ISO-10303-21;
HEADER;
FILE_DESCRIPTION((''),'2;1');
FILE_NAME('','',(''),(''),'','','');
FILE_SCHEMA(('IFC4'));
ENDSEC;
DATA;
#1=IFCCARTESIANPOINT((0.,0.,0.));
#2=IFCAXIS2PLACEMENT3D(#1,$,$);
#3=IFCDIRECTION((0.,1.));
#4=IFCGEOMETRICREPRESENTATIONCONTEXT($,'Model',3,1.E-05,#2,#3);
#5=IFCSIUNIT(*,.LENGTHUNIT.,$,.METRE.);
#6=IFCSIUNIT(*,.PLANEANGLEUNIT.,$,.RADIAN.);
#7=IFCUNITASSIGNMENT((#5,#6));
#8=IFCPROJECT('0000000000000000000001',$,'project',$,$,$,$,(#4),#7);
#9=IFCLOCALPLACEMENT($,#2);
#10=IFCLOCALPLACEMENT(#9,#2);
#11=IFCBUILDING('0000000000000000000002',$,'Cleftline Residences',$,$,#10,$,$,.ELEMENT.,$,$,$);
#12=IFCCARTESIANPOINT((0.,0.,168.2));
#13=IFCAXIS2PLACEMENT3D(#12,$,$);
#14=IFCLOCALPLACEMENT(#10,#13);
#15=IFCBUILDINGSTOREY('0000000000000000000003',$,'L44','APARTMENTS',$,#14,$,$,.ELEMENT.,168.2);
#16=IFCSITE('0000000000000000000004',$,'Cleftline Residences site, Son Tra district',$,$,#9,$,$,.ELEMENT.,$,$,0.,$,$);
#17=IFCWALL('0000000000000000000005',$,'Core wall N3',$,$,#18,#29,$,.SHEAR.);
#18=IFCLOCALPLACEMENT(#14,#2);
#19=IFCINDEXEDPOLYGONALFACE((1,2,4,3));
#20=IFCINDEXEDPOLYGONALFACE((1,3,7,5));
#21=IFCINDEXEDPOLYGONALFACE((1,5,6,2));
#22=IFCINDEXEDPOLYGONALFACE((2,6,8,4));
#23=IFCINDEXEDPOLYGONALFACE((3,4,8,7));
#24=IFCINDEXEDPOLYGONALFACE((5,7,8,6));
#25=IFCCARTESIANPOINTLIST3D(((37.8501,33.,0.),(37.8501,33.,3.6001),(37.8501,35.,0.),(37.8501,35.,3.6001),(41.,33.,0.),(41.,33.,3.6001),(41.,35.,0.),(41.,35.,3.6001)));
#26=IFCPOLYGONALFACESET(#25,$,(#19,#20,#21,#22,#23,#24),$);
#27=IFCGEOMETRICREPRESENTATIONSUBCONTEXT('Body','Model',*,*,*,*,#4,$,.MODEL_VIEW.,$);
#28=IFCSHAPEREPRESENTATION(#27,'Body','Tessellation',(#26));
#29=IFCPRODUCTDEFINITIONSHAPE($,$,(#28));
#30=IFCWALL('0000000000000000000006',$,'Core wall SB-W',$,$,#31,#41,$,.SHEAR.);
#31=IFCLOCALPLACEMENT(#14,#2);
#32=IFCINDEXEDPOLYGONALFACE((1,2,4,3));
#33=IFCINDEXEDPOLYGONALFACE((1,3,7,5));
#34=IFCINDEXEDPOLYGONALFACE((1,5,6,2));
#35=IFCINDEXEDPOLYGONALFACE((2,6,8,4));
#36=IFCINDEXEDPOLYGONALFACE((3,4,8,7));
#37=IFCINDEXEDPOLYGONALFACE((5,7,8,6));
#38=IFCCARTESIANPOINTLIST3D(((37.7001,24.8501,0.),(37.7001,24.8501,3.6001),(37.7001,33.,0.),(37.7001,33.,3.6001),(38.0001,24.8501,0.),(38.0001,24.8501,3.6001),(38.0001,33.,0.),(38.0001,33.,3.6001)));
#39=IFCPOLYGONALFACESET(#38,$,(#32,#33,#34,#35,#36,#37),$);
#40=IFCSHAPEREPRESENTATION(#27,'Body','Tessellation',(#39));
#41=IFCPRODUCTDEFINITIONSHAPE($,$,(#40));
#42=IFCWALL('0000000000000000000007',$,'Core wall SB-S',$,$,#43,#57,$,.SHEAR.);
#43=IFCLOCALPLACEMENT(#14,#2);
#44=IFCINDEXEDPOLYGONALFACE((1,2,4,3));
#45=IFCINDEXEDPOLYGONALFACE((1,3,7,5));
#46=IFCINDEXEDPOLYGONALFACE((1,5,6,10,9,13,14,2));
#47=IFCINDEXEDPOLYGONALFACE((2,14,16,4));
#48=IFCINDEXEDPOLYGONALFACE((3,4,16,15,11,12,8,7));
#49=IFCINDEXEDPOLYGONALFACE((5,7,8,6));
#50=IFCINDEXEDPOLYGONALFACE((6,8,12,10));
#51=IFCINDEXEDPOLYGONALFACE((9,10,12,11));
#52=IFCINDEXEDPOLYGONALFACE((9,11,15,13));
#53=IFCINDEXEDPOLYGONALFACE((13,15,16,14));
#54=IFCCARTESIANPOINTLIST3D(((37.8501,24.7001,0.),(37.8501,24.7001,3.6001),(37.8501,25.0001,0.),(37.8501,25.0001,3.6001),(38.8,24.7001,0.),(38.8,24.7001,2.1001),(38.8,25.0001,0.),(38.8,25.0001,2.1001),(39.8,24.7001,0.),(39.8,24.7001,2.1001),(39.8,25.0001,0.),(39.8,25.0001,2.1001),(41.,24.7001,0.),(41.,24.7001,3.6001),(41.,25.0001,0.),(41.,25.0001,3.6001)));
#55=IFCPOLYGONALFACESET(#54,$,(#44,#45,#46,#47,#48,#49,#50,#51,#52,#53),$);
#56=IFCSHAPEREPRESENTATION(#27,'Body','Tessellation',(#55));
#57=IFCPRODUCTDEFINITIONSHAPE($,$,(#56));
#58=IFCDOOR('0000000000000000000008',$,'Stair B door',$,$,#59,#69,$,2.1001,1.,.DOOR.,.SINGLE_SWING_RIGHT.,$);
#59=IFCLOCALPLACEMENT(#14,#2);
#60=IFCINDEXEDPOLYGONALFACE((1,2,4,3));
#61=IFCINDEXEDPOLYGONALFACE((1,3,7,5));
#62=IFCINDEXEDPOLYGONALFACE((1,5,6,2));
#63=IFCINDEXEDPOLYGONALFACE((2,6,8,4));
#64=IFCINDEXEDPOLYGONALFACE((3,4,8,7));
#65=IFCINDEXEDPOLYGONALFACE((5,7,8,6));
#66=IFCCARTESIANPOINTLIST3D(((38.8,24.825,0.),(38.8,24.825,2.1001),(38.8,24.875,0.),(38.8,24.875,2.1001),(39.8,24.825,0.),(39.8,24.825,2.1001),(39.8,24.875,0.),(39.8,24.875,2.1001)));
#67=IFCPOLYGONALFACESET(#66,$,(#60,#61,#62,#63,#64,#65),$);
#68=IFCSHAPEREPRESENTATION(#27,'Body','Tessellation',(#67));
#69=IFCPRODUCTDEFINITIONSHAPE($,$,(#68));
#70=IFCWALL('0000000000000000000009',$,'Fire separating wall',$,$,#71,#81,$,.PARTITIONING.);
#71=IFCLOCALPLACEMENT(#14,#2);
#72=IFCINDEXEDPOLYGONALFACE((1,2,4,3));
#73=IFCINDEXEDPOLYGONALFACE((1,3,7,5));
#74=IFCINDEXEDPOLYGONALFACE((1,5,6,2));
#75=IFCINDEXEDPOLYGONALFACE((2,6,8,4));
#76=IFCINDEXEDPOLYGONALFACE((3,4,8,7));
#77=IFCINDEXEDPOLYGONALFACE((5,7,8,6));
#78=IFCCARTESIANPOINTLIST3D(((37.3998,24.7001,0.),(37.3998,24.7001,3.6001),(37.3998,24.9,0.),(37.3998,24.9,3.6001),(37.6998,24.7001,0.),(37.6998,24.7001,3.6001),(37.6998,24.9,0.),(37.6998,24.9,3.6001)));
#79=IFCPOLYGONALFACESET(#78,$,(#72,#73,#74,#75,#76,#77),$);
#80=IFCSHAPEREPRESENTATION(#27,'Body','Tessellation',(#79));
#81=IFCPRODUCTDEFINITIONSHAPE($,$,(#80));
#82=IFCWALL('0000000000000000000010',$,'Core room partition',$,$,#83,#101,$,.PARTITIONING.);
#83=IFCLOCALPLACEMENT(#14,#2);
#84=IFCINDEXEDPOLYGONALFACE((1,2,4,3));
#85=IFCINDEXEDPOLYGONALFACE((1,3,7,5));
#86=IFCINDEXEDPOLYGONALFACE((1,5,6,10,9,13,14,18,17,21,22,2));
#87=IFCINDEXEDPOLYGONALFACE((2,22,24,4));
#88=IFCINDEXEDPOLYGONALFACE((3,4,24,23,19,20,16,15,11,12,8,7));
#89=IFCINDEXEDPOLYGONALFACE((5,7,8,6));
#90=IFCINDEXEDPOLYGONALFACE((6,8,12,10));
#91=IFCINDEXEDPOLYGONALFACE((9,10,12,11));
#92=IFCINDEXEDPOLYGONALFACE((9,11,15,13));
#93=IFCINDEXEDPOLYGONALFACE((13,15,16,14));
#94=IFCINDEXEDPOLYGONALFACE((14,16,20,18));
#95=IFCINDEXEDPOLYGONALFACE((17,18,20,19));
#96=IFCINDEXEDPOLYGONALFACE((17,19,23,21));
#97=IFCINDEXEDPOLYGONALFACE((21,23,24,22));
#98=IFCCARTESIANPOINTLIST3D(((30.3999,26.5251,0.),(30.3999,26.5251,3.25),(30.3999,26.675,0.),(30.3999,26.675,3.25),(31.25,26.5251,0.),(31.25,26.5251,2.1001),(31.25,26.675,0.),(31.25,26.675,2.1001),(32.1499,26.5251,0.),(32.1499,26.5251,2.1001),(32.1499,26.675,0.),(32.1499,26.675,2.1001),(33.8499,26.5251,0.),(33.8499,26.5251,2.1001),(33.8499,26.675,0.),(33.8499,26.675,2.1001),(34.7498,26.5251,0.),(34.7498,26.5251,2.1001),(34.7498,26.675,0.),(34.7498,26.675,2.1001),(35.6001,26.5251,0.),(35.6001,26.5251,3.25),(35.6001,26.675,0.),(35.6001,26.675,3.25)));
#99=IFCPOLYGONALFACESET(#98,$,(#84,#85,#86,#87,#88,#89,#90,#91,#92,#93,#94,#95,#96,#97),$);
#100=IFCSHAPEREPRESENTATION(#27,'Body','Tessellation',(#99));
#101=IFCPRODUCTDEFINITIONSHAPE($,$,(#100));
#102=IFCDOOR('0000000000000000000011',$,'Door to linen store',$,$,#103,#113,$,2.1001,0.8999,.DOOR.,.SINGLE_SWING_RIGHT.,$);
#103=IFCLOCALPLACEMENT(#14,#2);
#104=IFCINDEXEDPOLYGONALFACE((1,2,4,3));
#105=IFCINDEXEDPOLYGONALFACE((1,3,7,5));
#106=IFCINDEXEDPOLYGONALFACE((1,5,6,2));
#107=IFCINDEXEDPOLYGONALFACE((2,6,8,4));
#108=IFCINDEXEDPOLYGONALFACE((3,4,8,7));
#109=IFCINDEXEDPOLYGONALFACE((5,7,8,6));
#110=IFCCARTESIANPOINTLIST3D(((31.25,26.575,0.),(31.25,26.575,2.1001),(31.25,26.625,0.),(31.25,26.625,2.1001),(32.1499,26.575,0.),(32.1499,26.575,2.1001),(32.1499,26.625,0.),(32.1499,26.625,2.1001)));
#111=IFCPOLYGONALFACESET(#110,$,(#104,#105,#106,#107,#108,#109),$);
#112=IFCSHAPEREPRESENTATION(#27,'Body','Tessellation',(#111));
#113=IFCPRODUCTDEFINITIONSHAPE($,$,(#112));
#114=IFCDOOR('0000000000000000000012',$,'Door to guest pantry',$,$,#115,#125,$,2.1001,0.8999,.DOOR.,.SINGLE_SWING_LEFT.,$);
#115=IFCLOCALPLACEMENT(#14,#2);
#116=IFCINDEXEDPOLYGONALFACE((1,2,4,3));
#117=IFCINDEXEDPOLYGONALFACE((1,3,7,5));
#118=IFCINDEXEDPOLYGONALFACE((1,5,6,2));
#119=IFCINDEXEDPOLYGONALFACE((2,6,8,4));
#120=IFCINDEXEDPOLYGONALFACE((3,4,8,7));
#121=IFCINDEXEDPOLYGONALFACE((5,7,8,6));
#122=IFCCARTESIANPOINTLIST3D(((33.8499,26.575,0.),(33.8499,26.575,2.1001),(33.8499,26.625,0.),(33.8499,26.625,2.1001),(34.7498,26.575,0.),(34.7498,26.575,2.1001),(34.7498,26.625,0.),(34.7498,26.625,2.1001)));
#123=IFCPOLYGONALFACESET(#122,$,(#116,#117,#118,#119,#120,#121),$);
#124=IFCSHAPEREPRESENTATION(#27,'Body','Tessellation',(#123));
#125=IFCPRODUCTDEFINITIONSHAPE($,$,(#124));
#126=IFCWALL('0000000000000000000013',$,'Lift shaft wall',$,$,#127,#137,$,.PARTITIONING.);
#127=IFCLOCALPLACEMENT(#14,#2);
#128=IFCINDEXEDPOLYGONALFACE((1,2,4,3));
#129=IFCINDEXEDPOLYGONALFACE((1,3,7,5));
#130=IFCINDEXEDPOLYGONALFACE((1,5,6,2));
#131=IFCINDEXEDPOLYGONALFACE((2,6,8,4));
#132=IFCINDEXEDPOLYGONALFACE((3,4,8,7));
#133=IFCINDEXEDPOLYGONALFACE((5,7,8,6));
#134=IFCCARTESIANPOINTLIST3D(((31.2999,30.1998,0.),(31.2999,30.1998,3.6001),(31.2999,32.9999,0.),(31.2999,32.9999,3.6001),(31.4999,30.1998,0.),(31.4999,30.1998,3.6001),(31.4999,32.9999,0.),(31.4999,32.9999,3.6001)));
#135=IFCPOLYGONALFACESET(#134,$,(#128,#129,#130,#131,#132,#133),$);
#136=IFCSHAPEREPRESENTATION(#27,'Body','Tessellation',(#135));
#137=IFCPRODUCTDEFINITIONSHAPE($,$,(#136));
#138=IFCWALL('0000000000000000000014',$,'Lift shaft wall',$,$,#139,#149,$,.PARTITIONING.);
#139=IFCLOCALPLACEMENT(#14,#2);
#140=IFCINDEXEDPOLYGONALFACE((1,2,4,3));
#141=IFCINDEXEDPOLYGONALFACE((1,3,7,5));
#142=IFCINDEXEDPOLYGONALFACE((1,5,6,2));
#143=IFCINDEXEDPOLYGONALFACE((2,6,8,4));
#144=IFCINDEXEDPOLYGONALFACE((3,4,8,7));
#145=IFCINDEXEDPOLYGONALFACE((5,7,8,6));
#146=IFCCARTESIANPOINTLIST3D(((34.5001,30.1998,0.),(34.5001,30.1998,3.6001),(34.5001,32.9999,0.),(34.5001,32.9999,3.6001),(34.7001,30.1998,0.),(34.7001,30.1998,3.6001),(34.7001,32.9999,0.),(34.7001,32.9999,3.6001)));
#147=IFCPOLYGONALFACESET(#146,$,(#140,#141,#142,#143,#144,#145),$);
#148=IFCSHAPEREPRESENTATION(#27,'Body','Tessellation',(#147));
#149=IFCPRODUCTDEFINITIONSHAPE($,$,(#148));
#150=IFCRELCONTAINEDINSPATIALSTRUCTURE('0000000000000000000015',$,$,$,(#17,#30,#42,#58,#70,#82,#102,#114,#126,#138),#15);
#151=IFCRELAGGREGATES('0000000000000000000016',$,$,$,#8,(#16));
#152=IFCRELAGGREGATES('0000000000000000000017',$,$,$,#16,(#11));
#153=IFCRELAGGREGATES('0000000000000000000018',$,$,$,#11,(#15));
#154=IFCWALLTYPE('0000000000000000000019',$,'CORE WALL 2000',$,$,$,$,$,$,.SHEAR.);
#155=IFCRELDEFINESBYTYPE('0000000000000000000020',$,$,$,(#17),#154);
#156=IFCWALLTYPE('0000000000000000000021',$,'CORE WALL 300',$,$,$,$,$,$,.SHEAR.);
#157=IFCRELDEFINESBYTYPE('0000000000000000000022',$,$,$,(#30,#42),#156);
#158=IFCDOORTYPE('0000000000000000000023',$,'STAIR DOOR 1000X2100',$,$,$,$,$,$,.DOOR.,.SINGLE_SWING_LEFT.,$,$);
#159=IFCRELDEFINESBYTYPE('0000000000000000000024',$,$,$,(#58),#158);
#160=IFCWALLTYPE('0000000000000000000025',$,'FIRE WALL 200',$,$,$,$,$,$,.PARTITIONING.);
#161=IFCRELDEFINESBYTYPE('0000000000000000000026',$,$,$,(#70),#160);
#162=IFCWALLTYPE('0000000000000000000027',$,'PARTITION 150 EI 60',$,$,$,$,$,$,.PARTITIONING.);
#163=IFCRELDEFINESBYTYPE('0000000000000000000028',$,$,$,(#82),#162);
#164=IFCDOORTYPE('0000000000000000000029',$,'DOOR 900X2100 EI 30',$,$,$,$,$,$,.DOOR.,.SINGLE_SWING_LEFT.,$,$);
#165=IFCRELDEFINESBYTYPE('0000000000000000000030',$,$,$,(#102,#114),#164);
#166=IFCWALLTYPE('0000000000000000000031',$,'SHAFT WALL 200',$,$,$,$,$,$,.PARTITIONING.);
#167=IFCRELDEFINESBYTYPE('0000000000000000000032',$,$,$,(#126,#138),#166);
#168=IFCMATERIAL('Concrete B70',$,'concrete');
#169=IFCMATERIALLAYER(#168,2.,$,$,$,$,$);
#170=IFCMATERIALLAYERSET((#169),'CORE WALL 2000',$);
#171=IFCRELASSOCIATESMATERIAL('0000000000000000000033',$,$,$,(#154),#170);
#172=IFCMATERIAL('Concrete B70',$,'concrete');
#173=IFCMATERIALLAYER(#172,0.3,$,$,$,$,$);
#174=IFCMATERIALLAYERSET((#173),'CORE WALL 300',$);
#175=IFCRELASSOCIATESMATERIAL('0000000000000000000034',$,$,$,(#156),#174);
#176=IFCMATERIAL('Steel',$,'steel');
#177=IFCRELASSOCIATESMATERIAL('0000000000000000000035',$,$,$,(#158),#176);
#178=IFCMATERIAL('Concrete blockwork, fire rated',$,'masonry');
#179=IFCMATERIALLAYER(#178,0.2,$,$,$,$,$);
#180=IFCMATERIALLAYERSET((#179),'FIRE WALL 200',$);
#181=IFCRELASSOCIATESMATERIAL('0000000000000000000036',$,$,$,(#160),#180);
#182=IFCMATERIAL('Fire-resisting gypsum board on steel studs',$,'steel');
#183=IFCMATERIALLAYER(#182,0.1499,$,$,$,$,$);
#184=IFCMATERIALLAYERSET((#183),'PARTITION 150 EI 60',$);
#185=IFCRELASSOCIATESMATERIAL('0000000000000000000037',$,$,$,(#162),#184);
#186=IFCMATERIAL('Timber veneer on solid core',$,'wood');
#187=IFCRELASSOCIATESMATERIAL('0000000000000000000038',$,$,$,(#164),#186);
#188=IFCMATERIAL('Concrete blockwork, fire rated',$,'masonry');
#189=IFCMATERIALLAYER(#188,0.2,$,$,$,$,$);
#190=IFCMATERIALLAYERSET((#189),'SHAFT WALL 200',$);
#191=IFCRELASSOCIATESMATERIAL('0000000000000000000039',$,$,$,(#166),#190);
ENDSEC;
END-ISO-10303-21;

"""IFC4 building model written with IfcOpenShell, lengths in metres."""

from ifc_helpers import new_model, si_unit, direction, frame, frame_2d, origin, place, context, subcontext, project, spatial, rectangle, extrude, material, layer, layer_set, type_object, element, fill, save


model = new_model("IFC4")

# Units and contexts
model_context = context("Model", 3, precision=1e-05, world=origin(), true_north=direction((0.0, 1.0)))
body_context = subcontext(model_context, "Body", "Model", "MODEL_VIEW")
ifc_project = project(units=[si_unit("LENGTHUNIT", "METRE"), si_unit("PLANEANGLEUNIT", "RADIAN")], contexts=[model_context])

# Site, building, storey
site_placement = place(None, origin())
site = spatial("IfcSite", under=ifc_project, at=site_placement, Name="Cleftline Residences site, Son Tra district", CompositionType="ELEMENT", RefElevation=0.0)
building_placement = place(site_placement, origin())
building = spatial("IfcBuilding", under=site, at=building_placement, Name="Cleftline Residences", CompositionType="ELEMENT")
storey_placement = place(building_placement, frame((0.0, 0.0, 168.2)))
storey = spatial("IfcBuildingStorey", under=building, at=storey_placement, Name="L44", Description="APARTMENTS", CompositionType="ELEMENT", Elevation=168.2)

# Walls
ifc_material_1 = material(Name="Concrete B70", Category="concrete")
ifc_layer_1 = layer(ifc_material_1, 2.0)
ifc_layer_set_1 = layer_set([ifc_layer_1], Name="CORE WALL 2000")
wall_type_1 = type_object("IfcWallType", Name="CORE WALL 2000", PredefinedType="SHEAR", material=ifc_layer_set_1)
wall_1_placement = place(storey_placement, frame((37.8501, 34.0, 0.0), z_axis=(0.0, 0.0, 1.0), x_axis=(1.0, 0.0, 0.0)))
element("IfcWall", 1, at=wall_1_placement, inside=storey, type_object=wall_type_1, Name="Core wall N3", PredefinedType="SHEAR", context=body_context, shape_type="SweptSolid", body=[
    extrude(rectangle(XDim=3.1499, YDim=2.0, at=frame_2d((1.575, 0.0))), origin(), (0.0, 0.0, 1.0), 3.6001),
])
ifc_material_2 = material(Name="Concrete B70", Category="concrete")
ifc_layer_2 = layer(ifc_material_2, 0.3)
ifc_layer_set_2 = layer_set([ifc_layer_2], Name="CORE WALL 300")
wall_type_2 = type_object("IfcWallType", Name="CORE WALL 300", PredefinedType="SHEAR", material=ifc_layer_set_2)
wall_2_placement = place(storey_placement, frame((37.8501, 24.8501, 0.0), z_axis=(0.0, 0.0, 1.0), x_axis=(0.0, 1.0, 0.0)))
element("IfcWall", 2, at=wall_2_placement, inside=storey, type_object=wall_type_2, Name="Core wall SB-W", PredefinedType="SHEAR", context=body_context, shape_type="SweptSolid", body=[
    extrude(rectangle(XDim=8.1499, YDim=0.3, at=frame_2d((4.075, 0.0))), origin(), (0.0, 0.0, 1.0), 3.6001),
])

# Wall, opening, door
wall_3_placement = place(storey_placement, frame((37.8501, 24.8501, 0.0), z_axis=(0.0, 0.0, 1.0), x_axis=(1.0, 0.0, 0.0)))
wall_3 = element("IfcWall", 3, at=wall_3_placement, inside=storey, type_object=wall_type_2, Name="Core wall SB-S", PredefinedType="SHEAR", context=body_context, shape_type="SweptSolid", body=[
    extrude(rectangle(XDim=3.1499, YDim=0.3, at=frame_2d((1.575, 0.0))), origin(), (0.0, 0.0, 1.0), 3.6001),
])
opening_1_placement = place(wall_3_placement, frame((0.95, 0.0, 0.0)))
opening_1 = element("IfcOpeningElement", 4, at=opening_1_placement, cuts=wall_3, PredefinedType="OPENING", context=body_context, shape_type="SweptSolid", body=[
    extrude(rectangle(XDim=1.0, YDim=2.1001, at=frame_2d((0.5, 1.05))), frame((0.0, 0.1599, 0.0), z_axis=(0.0, -1.0, 0.0), x_axis=(1.0, 0.0, 0.0)), (0.0, 0.0, 1.0), 0.3201),
])
ifc_material_3 = material(Name="Steel", Category="steel")
door_type_1 = type_object("IfcDoorType", Name="STAIR DOOR 1000X2100", OperationType="SINGLE_SWING_LEFT", PredefinedType="DOOR", material=ifc_material_3)
door_1_placement = place(opening_1_placement, origin())
door_1 = element("IfcDoor", 5, at=door_1_placement, inside=storey, type_object=door_type_1, Name="Stair B door", OperationType="SINGLE_SWING_RIGHT", OverallHeight=2.1001, OverallWidth=1.0, PredefinedType="DOOR", context=body_context, shape_type="SweptSolid", body=[
    extrude(rectangle(XDim=1.0, YDim=2.1001, at=frame_2d((0.5, 1.05))), frame((0.0, 0.0249, 0.0), z_axis=(0.0, -1.0, 0.0), x_axis=(1.0, 0.0, 0.0)), (0.0, 0.0, 1.0), 0.05),
])
fill(opening_1, door_1)

# Wall
ifc_material_4 = material(Name="Concrete blockwork, fire rated", Category="masonry")
ifc_layer_3 = layer(ifc_material_4, 0.2)
ifc_layer_set_3 = layer_set([ifc_layer_3], Name="FIRE WALL 200")
wall_type_3 = type_object("IfcWallType", Name="FIRE WALL 200", PredefinedType="PARTITIONING", material=ifc_layer_set_3)
wall_4_placement = place(storey_placement, frame((37.3999, 24.8, 0.0), z_axis=(0.0, 0.0, 1.0), x_axis=(1.0, 0.0, 0.0)))
element("IfcWall", 6, at=wall_4_placement, inside=storey, type_object=wall_type_3, Name="Fire separating wall", PredefinedType="PARTITIONING", context=body_context, shape_type="SweptSolid", body=[
    extrude(rectangle(XDim=0.3, YDim=0.2, at=frame_2d((0.1499, 0.0))), origin(), (0.0, 0.0, 1.0), 3.6001),
])

# Wall, openings, doors
ifc_material_5 = material(Name="Fire-resisting gypsum board on steel studs", Category="steel")
ifc_layer_4 = layer(ifc_material_5, 0.1499)
ifc_layer_set_4 = layer_set([ifc_layer_4], Name="PARTITION 150 EI 60")
wall_type_4 = type_object("IfcWallType", Name="PARTITION 150 EI 60", PredefinedType="PARTITIONING", material=ifc_layer_set_4)
wall_5_placement = place(storey_placement, frame((30.3999, 26.6001, 0.0), z_axis=(0.0, 0.0, 1.0), x_axis=(1.0, 0.0, 0.0)))
wall_5 = element("IfcWall", 7, at=wall_5_placement, inside=storey, type_object=wall_type_4, Name="Core room partition", PredefinedType="PARTITIONING", context=body_context, shape_type="SweptSolid", body=[
    extrude(rectangle(XDim=5.2002, YDim=0.1499, at=frame_2d((2.6001, 0.0))), origin(), (0.0, 0.0, 1.0), 3.25),
])
opening_2_placement = place(wall_5_placement, frame((0.8501, 0.0, 0.0)))
opening_2 = element("IfcOpeningElement", 8, at=opening_2_placement, cuts=wall_5, PredefinedType="OPENING", context=body_context, shape_type="SweptSolid", body=[
    extrude(rectangle(XDim=0.8999, YDim=2.1001, at=frame_2d((0.45, 1.05))), frame((0.0, 0.085, 0.0), z_axis=(0.0, -1.0, 0.0), x_axis=(1.0, 0.0, 0.0)), (0.0, 0.0, 1.0), 0.1699),
])
opening_3_placement = place(wall_5_placement, frame((3.45, 0.0, 0.0)))
opening_3 = element("IfcOpeningElement", 9, at=opening_3_placement, cuts=wall_5, PredefinedType="OPENING", context=body_context, shape_type="SweptSolid", body=[
    extrude(rectangle(XDim=0.8999, YDim=2.1001, at=frame_2d((0.45, 1.05))), frame((0.0, 0.085, 0.0), z_axis=(0.0, -1.0, 0.0), x_axis=(1.0, 0.0, 0.0)), (0.0, 0.0, 1.0), 0.1699),
])
ifc_material_6 = material(Name="Timber veneer on solid core", Category="wood")
door_type_2 = type_object("IfcDoorType", Name="DOOR 900X2100 EI 30", OperationType="SINGLE_SWING_LEFT", PredefinedType="DOOR", material=ifc_material_6)
door_2_placement = place(opening_2_placement, origin())
door_2 = element("IfcDoor", 10, at=door_2_placement, inside=storey, type_object=door_type_2, Name="Door to linen store", OperationType="SINGLE_SWING_RIGHT", OverallHeight=2.1001, OverallWidth=0.8999, PredefinedType="DOOR", context=body_context, shape_type="SweptSolid", body=[
    extrude(rectangle(XDim=0.8999, YDim=2.1001, at=frame_2d((0.45, 1.05))), frame((0.0, 0.0249, 0.0), z_axis=(0.0, -1.0, 0.0), x_axis=(1.0, 0.0, 0.0)), (0.0, 0.0, 1.0), 0.05),
])
fill(opening_2, door_2)
door_3_placement = place(opening_3_placement, origin())
door_3 = element("IfcDoor", 11, at=door_3_placement, inside=storey, type_object=door_type_2, Name="Door to guest pantry", OperationType="SINGLE_SWING_LEFT", OverallHeight=2.1001, OverallWidth=0.8999, PredefinedType="DOOR", context=body_context, shape_type="SweptSolid", body=[
    extrude(rectangle(XDim=0.8999, YDim=2.1001, at=frame_2d((0.45, 1.05))), frame((0.0, 0.0249, 0.0), z_axis=(0.0, -1.0, 0.0), x_axis=(1.0, 0.0, 0.0)), (0.0, 0.0, 1.0), 0.05),
])
fill(opening_3, door_3)

# Walls
ifc_material_7 = material(Name="Concrete blockwork, fire rated", Category="masonry")
ifc_layer_5 = layer(ifc_material_7, 0.2)
ifc_layer_set_5 = layer_set([ifc_layer_5], Name="SHAFT WALL 200")
wall_type_5 = type_object("IfcWallType", Name="SHAFT WALL 200", PredefinedType="PARTITIONING", material=ifc_layer_set_5)
for number, where, z_axis, x_axis, name in (
    (12, (31.3999, 30.2, 0.0), (0.0, 0.0, 1.0), (0.0, 1.0, 0.0), "Lift shaft wall"),
    (13, (34.6001, 30.2, 0.0), (0.0, 0.0, 1.0), (0.0, 1.0, 0.0), "Lift shaft wall"),
):
    element("IfcWall", number, at=place(storey_placement, frame(where, z_axis=z_axis, x_axis=x_axis)), inside=storey, type_object=wall_type_5, Name=name, PredefinedType="PARTITIONING", context=body_context, shape_type="SweptSolid", body=[
        extrude(rectangle(XDim=2.8, YDim=0.2, at=frame_2d((1.3999, 0.0))), origin(), (0.0, 0.0, 1.0), 3.6001),
    ])

save(model, "model.ifc")
